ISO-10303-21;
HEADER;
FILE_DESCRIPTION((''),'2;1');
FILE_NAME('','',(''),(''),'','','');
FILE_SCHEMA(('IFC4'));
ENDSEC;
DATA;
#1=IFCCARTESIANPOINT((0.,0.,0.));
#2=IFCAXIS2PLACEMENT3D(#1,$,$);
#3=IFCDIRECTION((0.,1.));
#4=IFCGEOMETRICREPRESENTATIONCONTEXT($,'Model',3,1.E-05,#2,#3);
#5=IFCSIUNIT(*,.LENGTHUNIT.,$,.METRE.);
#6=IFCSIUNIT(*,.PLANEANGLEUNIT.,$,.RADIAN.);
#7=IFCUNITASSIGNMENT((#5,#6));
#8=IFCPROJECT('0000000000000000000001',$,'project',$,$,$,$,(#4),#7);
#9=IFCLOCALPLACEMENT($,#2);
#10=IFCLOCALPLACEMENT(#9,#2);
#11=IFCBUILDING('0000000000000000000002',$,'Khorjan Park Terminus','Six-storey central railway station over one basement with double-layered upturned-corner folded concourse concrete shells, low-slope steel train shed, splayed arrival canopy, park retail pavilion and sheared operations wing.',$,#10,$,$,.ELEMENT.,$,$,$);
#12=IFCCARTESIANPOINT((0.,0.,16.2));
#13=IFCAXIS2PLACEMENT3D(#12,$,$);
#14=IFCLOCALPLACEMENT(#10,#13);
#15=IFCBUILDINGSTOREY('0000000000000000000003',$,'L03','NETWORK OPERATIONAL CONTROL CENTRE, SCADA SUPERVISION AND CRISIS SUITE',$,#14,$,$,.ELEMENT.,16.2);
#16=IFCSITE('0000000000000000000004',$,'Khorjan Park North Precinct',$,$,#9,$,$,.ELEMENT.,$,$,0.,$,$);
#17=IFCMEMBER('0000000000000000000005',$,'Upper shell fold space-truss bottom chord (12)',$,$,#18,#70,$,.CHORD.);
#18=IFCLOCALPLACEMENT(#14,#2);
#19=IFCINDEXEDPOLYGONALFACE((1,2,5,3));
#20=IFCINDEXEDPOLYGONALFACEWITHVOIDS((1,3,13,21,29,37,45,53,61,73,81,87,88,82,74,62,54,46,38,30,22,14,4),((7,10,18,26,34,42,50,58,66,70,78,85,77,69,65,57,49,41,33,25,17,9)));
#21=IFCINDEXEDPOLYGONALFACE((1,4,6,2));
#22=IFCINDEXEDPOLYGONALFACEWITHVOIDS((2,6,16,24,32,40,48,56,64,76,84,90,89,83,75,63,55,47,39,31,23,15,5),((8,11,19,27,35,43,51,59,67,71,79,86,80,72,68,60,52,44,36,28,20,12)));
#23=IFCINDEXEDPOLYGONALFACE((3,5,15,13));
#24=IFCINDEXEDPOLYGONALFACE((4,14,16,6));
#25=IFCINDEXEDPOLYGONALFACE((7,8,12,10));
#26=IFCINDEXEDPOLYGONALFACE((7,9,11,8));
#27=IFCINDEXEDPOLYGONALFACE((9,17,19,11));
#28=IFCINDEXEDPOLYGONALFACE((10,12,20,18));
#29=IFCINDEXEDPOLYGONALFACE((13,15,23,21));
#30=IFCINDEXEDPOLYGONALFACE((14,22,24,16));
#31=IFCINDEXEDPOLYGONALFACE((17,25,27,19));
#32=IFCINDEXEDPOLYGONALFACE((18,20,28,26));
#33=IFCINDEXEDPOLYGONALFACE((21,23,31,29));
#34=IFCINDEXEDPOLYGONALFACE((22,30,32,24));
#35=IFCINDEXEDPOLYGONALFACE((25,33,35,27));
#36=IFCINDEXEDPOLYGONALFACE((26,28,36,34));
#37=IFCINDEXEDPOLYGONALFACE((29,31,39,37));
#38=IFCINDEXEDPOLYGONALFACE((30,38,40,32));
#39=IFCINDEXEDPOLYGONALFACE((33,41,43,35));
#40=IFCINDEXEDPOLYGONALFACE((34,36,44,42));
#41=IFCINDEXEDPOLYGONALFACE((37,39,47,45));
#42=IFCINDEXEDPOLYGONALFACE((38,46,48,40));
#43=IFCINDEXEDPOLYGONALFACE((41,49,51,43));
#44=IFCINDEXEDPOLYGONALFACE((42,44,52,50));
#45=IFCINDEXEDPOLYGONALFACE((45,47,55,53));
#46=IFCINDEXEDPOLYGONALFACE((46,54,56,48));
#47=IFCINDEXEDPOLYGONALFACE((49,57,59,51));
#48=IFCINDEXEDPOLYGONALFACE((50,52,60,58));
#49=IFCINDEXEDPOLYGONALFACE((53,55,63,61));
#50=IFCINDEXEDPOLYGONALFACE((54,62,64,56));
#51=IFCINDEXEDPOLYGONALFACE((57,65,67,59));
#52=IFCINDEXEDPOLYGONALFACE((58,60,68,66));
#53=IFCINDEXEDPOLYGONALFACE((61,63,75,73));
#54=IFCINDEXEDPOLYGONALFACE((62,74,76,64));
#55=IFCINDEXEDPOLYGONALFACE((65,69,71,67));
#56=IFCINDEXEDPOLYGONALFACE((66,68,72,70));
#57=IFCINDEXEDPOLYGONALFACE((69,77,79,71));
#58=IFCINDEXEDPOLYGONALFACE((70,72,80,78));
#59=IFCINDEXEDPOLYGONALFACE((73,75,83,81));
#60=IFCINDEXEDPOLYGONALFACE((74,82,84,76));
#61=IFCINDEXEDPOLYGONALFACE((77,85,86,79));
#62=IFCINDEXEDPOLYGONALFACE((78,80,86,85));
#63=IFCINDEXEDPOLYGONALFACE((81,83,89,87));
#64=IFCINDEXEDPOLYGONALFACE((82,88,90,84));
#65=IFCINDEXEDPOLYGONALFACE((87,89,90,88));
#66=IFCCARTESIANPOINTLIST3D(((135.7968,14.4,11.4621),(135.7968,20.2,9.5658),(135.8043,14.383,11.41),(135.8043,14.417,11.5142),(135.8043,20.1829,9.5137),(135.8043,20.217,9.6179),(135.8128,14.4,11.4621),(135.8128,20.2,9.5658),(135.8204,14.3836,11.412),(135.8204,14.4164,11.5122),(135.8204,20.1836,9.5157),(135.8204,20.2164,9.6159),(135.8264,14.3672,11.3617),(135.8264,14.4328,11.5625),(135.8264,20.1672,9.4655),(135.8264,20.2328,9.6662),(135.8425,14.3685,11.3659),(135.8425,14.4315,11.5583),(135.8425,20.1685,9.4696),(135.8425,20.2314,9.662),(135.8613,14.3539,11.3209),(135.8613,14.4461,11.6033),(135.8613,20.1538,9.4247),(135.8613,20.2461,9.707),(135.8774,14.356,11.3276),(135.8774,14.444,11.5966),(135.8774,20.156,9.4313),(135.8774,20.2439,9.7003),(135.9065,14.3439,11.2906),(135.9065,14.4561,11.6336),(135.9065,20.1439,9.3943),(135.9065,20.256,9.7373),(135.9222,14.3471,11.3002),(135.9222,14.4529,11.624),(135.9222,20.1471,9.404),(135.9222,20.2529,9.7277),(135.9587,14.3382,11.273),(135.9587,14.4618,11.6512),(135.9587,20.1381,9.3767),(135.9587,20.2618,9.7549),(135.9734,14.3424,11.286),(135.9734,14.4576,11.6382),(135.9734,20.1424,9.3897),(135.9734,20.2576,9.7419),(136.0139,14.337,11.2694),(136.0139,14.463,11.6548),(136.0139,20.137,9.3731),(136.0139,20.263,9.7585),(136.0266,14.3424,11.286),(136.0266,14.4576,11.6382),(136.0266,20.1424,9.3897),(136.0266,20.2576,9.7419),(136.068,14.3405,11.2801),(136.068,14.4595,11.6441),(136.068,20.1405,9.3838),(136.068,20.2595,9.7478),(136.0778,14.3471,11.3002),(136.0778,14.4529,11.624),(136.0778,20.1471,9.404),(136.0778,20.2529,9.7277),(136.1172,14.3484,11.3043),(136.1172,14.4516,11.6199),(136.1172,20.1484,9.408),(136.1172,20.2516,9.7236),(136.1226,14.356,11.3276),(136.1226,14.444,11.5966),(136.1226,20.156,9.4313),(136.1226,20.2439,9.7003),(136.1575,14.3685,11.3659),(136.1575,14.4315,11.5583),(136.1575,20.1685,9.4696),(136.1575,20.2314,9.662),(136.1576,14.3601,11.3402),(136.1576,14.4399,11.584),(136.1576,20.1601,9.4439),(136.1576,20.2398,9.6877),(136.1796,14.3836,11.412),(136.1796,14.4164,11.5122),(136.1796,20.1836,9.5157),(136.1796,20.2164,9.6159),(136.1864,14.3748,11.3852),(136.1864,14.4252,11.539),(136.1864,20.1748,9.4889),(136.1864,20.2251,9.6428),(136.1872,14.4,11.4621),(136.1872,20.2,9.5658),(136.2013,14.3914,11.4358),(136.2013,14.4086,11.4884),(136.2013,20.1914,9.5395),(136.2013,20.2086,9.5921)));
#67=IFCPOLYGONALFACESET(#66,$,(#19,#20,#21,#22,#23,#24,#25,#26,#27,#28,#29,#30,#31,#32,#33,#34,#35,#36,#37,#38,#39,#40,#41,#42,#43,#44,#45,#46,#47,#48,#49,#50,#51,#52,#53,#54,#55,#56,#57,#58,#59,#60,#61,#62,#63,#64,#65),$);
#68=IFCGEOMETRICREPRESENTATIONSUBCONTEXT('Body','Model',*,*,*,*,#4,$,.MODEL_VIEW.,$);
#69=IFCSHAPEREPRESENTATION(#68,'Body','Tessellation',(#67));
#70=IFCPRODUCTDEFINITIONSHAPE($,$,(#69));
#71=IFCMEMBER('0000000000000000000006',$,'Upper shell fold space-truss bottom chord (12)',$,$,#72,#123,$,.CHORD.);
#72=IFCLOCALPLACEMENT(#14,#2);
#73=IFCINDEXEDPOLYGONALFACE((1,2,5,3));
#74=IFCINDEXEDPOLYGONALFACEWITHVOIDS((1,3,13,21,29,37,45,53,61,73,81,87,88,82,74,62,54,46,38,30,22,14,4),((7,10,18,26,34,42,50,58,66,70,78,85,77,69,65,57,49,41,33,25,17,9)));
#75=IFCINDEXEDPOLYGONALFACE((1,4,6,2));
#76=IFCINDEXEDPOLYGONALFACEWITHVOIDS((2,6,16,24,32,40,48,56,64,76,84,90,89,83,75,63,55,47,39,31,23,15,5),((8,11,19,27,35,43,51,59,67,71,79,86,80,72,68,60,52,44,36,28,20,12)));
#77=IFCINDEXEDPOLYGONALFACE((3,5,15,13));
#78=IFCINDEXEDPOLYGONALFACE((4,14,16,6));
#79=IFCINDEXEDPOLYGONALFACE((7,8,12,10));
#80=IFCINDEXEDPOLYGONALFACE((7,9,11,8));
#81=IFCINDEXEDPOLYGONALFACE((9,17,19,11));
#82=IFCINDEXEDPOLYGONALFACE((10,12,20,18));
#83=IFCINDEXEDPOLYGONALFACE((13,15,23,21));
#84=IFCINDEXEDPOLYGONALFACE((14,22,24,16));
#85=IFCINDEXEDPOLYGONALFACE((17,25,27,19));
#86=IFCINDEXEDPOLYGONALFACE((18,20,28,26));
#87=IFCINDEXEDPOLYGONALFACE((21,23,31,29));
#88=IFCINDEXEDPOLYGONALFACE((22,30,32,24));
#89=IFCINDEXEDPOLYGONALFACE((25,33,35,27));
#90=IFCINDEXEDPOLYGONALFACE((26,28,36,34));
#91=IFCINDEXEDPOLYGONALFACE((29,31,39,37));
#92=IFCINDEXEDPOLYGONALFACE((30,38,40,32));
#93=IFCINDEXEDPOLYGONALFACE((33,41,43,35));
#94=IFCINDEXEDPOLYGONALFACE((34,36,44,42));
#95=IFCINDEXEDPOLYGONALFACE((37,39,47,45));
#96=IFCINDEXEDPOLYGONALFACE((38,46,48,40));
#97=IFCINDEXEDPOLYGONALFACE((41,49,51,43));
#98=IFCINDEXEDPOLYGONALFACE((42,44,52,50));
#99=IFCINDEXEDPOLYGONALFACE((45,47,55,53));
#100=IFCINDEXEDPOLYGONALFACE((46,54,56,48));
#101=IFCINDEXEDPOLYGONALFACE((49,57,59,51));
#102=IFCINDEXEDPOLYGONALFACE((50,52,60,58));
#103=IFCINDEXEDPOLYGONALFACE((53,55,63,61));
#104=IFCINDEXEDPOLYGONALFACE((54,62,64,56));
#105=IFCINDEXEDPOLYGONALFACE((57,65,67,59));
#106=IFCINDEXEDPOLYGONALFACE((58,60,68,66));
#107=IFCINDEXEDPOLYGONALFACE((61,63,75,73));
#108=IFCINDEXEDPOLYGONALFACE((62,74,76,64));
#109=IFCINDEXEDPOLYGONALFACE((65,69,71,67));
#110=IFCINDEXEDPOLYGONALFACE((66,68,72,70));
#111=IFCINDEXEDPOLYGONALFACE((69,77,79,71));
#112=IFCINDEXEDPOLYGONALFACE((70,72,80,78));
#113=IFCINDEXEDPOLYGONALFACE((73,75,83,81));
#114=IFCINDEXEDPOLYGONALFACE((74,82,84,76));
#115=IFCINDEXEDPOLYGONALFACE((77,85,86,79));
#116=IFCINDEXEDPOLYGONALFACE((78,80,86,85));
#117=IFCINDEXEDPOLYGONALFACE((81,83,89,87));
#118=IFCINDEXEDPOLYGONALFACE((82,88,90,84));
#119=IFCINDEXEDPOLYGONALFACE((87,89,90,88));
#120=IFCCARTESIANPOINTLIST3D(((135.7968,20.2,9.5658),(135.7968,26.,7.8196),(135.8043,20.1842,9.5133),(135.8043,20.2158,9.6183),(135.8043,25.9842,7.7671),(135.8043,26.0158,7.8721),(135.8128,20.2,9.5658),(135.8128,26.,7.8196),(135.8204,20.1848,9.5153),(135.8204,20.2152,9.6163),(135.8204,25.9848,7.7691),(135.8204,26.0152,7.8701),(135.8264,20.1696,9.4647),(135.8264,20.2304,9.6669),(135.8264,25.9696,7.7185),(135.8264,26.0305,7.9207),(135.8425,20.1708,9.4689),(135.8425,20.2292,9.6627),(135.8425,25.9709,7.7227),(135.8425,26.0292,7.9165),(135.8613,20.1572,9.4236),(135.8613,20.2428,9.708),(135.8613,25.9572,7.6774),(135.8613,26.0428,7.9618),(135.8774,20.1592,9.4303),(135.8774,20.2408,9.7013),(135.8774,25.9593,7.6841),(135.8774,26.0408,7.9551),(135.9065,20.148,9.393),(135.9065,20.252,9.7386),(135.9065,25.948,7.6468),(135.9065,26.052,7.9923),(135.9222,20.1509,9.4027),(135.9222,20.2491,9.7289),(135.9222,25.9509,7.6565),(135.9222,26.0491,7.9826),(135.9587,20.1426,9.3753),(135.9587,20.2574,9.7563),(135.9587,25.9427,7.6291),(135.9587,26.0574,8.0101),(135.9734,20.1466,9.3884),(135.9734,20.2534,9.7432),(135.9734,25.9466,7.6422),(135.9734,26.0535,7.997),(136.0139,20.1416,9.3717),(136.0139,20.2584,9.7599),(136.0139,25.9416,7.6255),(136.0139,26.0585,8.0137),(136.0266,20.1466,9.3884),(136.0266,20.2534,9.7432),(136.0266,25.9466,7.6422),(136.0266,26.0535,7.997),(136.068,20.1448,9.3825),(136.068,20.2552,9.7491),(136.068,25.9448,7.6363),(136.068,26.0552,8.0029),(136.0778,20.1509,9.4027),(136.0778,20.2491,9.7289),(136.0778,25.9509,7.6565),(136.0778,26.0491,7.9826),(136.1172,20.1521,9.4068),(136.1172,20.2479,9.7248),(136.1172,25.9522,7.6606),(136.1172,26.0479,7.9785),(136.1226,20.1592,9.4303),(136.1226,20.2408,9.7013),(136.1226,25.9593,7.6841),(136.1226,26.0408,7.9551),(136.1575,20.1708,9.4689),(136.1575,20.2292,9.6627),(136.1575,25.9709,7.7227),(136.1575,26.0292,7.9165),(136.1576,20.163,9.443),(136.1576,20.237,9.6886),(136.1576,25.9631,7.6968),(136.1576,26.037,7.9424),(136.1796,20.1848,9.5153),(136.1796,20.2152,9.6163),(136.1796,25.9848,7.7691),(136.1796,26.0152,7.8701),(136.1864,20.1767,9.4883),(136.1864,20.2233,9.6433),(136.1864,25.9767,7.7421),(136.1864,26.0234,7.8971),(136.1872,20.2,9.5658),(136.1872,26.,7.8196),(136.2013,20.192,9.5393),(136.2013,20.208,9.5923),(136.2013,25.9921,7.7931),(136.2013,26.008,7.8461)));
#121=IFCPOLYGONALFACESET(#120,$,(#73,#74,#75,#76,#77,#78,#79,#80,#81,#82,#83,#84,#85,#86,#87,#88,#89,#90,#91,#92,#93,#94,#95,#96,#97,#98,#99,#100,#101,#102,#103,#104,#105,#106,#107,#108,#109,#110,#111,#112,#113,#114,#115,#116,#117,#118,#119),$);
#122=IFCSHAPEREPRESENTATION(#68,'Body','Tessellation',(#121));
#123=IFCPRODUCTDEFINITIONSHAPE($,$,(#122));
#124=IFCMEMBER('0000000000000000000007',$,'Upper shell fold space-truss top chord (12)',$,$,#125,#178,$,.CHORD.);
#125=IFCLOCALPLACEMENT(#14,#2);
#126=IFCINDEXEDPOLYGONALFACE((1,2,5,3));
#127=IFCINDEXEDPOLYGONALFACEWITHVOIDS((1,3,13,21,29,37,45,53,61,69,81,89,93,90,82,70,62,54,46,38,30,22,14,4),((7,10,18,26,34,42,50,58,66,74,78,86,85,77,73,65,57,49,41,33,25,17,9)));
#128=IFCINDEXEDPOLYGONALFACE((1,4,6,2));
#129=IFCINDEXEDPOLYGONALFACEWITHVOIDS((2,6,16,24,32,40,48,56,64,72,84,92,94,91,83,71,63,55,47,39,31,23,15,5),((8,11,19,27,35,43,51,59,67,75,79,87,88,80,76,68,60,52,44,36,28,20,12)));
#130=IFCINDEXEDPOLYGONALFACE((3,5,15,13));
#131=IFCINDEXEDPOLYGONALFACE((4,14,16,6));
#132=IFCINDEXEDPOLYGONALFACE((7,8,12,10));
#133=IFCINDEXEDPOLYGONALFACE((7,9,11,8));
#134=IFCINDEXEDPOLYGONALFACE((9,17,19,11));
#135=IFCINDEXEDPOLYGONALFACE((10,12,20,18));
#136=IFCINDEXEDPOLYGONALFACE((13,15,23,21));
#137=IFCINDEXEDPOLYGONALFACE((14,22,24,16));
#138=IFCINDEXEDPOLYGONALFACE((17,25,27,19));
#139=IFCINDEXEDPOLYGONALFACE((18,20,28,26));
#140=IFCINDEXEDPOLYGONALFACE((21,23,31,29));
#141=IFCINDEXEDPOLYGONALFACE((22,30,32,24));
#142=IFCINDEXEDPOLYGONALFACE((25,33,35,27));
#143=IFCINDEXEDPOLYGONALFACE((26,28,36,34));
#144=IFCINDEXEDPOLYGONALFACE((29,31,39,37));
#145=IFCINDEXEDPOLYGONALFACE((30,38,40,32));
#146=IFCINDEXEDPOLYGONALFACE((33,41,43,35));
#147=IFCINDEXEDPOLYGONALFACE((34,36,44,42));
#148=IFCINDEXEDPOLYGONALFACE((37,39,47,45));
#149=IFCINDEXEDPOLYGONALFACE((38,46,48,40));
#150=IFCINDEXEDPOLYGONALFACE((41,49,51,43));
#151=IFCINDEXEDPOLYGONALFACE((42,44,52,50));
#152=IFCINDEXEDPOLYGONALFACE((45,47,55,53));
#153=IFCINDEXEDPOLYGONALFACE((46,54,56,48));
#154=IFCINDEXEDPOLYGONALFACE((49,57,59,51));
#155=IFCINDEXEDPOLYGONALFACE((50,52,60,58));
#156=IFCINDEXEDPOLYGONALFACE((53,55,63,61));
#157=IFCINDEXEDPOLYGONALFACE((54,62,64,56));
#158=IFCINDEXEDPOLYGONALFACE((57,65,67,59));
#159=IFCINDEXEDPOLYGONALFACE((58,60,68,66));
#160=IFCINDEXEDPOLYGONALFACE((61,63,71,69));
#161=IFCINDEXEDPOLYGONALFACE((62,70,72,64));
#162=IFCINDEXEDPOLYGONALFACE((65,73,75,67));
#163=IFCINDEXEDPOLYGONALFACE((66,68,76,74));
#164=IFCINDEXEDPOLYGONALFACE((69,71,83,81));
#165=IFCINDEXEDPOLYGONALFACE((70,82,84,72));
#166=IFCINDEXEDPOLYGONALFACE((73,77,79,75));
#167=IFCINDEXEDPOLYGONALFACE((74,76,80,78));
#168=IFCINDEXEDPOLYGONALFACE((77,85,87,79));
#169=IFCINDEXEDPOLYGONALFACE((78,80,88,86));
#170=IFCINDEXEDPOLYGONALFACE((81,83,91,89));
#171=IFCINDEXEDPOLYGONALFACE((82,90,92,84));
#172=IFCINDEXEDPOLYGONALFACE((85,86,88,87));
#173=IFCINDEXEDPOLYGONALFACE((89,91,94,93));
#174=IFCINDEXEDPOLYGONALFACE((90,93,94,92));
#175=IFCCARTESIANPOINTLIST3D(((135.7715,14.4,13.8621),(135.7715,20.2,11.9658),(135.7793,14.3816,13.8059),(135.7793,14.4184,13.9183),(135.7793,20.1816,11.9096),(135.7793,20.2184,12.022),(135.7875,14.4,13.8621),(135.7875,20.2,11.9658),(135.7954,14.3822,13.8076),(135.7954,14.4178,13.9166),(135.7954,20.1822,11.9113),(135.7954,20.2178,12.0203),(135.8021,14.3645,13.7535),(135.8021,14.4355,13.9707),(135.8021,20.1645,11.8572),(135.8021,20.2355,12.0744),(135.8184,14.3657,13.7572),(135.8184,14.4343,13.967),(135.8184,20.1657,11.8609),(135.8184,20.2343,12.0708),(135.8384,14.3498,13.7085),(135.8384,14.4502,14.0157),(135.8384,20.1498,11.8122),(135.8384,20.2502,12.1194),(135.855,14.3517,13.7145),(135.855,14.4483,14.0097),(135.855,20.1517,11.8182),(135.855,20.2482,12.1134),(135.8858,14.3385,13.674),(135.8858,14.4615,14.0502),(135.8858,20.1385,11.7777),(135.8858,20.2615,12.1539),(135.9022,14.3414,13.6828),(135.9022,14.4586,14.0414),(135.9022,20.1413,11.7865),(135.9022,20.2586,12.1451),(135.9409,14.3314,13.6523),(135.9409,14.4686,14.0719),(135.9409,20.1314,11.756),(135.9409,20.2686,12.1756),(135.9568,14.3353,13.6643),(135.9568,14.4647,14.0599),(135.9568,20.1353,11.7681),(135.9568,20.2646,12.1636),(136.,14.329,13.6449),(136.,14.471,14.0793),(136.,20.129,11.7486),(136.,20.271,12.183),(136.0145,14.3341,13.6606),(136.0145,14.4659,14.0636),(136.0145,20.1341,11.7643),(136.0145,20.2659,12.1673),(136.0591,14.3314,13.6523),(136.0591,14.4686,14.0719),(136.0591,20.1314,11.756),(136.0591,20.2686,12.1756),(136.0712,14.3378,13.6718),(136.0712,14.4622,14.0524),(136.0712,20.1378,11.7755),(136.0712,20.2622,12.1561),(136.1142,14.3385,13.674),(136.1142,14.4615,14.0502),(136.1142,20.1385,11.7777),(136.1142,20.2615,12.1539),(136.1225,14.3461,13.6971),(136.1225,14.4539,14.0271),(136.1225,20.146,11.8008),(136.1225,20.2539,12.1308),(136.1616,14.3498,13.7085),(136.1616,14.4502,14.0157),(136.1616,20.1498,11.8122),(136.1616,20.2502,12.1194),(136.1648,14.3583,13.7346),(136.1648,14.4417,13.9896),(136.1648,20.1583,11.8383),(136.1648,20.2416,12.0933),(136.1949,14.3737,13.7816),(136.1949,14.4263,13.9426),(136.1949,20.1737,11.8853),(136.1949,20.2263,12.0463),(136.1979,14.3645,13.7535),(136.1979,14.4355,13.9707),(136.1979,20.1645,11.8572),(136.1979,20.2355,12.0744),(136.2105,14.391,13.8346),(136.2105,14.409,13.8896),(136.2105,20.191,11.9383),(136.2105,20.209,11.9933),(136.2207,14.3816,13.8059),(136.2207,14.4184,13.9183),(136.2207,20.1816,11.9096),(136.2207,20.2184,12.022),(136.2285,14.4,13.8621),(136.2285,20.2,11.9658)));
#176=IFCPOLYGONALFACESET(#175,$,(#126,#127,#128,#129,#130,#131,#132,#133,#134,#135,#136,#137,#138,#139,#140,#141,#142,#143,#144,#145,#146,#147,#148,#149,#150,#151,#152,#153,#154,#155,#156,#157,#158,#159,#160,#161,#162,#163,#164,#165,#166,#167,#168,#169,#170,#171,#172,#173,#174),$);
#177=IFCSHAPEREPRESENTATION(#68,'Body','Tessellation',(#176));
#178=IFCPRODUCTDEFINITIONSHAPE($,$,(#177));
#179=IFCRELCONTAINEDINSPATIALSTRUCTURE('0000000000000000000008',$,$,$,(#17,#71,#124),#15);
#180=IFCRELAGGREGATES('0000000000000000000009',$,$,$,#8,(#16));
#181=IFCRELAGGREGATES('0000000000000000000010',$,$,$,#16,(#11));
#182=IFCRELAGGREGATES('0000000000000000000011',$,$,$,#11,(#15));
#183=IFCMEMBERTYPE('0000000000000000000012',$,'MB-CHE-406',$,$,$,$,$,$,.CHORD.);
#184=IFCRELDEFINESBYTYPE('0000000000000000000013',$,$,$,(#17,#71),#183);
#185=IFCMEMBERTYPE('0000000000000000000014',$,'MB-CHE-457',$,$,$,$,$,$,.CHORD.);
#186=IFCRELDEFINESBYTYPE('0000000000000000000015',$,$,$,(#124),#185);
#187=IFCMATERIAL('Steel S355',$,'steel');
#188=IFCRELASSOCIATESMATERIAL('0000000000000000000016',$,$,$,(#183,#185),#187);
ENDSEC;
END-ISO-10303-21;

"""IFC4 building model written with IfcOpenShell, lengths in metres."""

from ifc_helpers import new_model, si_unit, direction, frame, origin, origin_2d, place, context, subcontext, project, spatial, hollow_circle, extrude, material, material_profile, profile_set, type_object, element, save


model = new_model("IFC4")

# Units and contexts
model_context = context("Model", 3, precision=1e-05, world=origin(), true_north=direction((0.0, 1.0)))
body_context = subcontext(model_context, "Body", "Model", "MODEL_VIEW")
ifc_project = project(units=[si_unit("LENGTHUNIT", "METRE"), si_unit("PLANEANGLEUNIT", "RADIAN")], contexts=[model_context])

# Site, building, storey
site_placement = place(None, origin())
site = spatial("IfcSite", under=ifc_project, at=site_placement, Name="Khorjan Park North Precinct", CompositionType="ELEMENT", RefElevation=0.0)
building_placement = place(site_placement, origin())
building = spatial("IfcBuilding", under=site, at=building_placement, Name="Khorjan Park Terminus", Description="Six-storey central railway station over one basement with double-layered upturned-corner folded concourse concrete shells, low-slope steel train shed, splayed arrival canopy, park retail pavilion and sheared operations wing.", CompositionType="ELEMENT")
storey_placement = place(building_placement, frame((0.0, 0.0, 16.2)))
storey = spatial("IfcBuildingStorey", under=building, at=storey_placement, Name="L03", Description="NETWORK OPERATIONAL CONTROL CENTRE, SCADA SUPERVISION AND CRISIS SUITE", CompositionType="ELEMENT", Elevation=16.2)

# Members
ifc_material_1 = material(Name="Steel S355", Category="steel")
ifc_material_profile_1 = material_profile(ifc_material_1, hollow_circle(Radius=0.2032, WallThickness=0.016, at=origin_2d()), Name="CHS 406.4x16")
ifc_profile_set_1 = profile_set([ifc_material_profile_1], Name="Steel S355")
member_type_1 = type_object("IfcMemberType", Name="MB-CHE-406", PredefinedType="CHORD", material=ifc_profile_set_1)
member_1_placement = place(storey_placement, frame((136.0, 14.4, 11.4621), z_axis=(0.0, 0.950488, -0.31076), x_axis=(-1.0, 0.0, 0.0)))
element("IfcMember", 1, at=member_1_placement, inside=storey, type_object=member_type_1, Name="Upper shell fold space-truss bottom chord (12)", PredefinedType="CHORD", context=body_context, shape_type="SweptSolid", body=[
    extrude(hollow_circle(Radius=0.2032, WallThickness=0.016, at=origin_2d()), origin(), (0.0, 0.0, 1.0), 6.1021),
])
member_2_placement = place(storey_placement, frame((136.0, 20.2, 9.5658), z_axis=(0.0, 0.957544, -0.288287), x_axis=(-1.0, 0.0, 0.0)))
element("IfcMember", 2, at=member_2_placement, inside=storey, type_object=member_type_1, Name="Upper shell fold space-truss bottom chord (12)", PredefinedType="CHORD", context=body_context, shape_type="SweptSolid", body=[
    extrude(hollow_circle(Radius=0.2032, WallThickness=0.016, at=origin_2d()), origin(), (0.0, 0.0, 1.0), 6.0572),
])
ifc_material_profile_2 = material_profile(ifc_material_1, hollow_circle(Radius=0.2285, WallThickness=0.016, at=origin_2d()), Name="CHS 457x16")
ifc_profile_set_2 = profile_set([ifc_material_profile_2], Name="Steel S355")
member_type_2 = type_object("IfcMemberType", Name="MB-CHE-457", PredefinedType="CHORD", material=ifc_profile_set_2)
member_3_placement = place(storey_placement, frame((136.0, 14.4, 13.8621), z_axis=(0.0, 0.950488, -0.31076), x_axis=(-1.0, 0.0, 0.0)))
element("IfcMember", 3, at=member_3_placement, inside=storey, type_object=member_type_2, Name="Upper shell fold space-truss top chord (12)", PredefinedType="CHORD", context=body_context, shape_type="SweptSolid", body=[
    extrude(hollow_circle(Radius=0.2285, WallThickness=0.016, at=origin_2d()), origin(), (0.0, 0.0, 1.0), 6.1021),
])

save(model, "model.ifc")
